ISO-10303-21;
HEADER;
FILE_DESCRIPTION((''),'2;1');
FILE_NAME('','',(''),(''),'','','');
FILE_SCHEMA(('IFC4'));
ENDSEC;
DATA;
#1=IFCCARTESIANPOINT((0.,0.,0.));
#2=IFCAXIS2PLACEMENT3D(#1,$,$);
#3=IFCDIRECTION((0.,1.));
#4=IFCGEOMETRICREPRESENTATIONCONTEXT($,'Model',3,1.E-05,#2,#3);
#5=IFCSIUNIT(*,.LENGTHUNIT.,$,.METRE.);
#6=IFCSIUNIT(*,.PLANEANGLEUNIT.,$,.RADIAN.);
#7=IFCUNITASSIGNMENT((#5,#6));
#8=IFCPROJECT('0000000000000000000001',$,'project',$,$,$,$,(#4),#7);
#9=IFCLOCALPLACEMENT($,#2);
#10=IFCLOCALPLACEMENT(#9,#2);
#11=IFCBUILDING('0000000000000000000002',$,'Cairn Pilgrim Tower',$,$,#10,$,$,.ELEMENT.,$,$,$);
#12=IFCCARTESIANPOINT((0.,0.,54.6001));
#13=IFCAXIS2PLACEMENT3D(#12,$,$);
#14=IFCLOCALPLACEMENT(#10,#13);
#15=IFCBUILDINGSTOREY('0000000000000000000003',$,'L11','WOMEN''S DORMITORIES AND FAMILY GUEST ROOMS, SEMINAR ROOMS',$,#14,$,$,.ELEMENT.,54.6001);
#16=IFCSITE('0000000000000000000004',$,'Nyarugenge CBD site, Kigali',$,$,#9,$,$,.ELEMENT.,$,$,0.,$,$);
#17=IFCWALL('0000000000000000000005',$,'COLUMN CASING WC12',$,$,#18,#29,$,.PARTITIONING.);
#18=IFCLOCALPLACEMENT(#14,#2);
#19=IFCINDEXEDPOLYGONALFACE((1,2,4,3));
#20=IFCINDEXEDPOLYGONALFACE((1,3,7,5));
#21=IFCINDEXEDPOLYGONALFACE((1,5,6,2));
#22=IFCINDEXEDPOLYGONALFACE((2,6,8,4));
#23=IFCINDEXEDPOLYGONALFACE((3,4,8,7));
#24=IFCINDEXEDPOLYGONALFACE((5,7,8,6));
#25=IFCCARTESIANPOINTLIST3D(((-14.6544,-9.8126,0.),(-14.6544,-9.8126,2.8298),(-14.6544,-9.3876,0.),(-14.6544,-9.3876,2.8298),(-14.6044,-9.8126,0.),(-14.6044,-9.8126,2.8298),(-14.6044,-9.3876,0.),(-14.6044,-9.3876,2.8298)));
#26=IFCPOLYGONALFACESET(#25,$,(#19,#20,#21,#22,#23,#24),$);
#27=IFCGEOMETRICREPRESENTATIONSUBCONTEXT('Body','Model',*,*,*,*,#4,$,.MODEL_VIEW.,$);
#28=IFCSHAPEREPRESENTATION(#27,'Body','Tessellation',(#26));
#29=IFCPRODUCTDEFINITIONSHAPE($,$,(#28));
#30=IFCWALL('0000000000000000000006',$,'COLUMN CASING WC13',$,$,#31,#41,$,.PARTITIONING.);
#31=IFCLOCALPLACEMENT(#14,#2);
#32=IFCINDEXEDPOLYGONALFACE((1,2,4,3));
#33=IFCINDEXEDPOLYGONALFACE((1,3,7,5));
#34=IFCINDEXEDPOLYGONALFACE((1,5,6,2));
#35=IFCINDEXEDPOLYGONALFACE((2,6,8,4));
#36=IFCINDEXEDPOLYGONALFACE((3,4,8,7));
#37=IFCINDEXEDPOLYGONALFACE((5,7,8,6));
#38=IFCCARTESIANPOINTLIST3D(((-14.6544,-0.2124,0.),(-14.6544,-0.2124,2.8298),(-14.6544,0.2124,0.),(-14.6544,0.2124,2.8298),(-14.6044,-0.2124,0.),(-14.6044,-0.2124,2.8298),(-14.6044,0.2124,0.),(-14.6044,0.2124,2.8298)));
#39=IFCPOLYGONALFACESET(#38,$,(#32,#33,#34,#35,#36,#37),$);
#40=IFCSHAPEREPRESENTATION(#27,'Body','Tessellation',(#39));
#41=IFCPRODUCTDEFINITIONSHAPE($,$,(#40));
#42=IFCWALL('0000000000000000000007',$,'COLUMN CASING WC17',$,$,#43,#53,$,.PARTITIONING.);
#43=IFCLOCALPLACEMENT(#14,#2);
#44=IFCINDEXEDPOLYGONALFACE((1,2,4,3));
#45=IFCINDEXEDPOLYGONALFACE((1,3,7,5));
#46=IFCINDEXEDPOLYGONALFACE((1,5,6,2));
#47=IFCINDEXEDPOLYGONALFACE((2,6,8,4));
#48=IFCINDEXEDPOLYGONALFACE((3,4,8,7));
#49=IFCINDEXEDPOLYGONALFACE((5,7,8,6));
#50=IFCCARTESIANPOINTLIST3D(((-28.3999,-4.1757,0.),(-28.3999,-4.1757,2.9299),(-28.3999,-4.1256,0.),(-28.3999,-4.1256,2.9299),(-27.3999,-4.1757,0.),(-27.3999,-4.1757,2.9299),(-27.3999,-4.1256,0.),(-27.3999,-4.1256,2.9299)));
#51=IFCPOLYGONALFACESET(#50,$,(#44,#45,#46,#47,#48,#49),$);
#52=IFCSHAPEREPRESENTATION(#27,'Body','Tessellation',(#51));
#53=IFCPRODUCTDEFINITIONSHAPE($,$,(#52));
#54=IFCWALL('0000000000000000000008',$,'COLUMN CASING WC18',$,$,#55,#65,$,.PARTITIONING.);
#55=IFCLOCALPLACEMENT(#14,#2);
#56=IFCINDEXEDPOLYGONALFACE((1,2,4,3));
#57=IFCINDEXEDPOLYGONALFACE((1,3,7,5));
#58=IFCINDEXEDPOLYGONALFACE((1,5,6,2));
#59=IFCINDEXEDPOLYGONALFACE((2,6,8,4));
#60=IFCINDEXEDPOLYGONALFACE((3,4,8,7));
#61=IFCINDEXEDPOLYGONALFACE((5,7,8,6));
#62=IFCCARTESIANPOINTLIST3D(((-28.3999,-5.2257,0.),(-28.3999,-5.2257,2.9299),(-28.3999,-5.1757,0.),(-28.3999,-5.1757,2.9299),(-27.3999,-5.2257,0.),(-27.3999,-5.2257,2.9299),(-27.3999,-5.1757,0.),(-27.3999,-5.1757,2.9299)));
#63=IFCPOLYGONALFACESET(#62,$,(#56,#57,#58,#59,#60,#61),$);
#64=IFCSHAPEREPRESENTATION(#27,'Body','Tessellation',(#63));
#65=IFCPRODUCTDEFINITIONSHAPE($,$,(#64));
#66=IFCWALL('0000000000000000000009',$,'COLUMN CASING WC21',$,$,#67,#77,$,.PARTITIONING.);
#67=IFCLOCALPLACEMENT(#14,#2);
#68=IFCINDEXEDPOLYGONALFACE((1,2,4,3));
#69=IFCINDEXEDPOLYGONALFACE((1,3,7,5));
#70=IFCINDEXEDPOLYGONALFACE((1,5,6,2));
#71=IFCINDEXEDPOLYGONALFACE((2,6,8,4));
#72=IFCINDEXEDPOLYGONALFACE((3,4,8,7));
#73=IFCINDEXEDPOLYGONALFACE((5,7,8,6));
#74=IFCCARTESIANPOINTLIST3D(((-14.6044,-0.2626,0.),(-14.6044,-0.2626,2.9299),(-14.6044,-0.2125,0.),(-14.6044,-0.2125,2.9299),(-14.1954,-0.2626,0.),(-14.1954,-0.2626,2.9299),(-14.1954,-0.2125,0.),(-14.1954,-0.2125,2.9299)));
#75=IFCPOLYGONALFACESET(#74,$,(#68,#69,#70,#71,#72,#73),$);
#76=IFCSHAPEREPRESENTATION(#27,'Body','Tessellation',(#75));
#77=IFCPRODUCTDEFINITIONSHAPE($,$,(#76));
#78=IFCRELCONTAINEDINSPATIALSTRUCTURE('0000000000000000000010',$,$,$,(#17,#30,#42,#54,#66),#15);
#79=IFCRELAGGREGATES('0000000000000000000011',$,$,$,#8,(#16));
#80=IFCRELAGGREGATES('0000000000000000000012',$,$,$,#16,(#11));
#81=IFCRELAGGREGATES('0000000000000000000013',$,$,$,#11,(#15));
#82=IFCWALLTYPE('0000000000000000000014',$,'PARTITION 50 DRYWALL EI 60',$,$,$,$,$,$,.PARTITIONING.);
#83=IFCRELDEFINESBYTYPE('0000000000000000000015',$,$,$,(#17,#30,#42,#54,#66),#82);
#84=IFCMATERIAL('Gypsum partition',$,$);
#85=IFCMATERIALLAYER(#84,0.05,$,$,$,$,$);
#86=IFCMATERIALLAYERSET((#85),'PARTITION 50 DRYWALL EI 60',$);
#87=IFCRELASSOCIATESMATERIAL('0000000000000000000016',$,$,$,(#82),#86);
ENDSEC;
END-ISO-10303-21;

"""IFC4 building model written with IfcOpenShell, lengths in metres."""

from ifc_helpers import new_model, si_unit, direction, frame, frame_2d, origin, place, context, subcontext, project, spatial, rectangle, extrude, material, layer, layer_set, type_object, element, save


model = new_model("IFC4")

# Units and contexts
model_context = context("Model", 3, precision=1e-05, world=origin(), true_north=direction((0.0, 1.0)))
body_context = subcontext(model_context, "Body", "Model", "MODEL_VIEW")
ifc_project = project(units=[si_unit("LENGTHUNIT", "METRE"), si_unit("PLANEANGLEUNIT", "RADIAN")], contexts=[model_context])

# Site, building, storey
site_placement = place(None, origin())
site = spatial("IfcSite", under=ifc_project, at=site_placement, Name="Nyarugenge CBD site, Kigali", CompositionType="ELEMENT", RefElevation=0.0)
building_placement = place(site_placement, origin())
building = spatial("IfcBuilding", under=site, at=building_placement, Name="Cairn Pilgrim Tower", CompositionType="ELEMENT")
storey_placement = place(building_placement, frame((0.0, 0.0, 54.6001)))
storey = spatial("IfcBuildingStorey", under=building, at=storey_placement, Name="L11", Description="WOMEN'S DORMITORIES AND FAMILY GUEST ROOMS, SEMINAR ROOMS", CompositionType="ELEMENT", Elevation=54.6001)

# Shared definitions
ifc_material_1 = material(Name="Gypsum partition")

# Walls
ifc_layer_1 = layer(ifc_material_1, 0.05)
ifc_layer_set_1 = layer_set([ifc_layer_1], Name="PARTITION 50 DRYWALL EI 60")
wall_type_1 = type_object("IfcWallType", Name="PARTITION 50 DRYWALL EI 60", PredefinedType="PARTITIONING", material=ifc_layer_set_1)
wall_1_placement = place(storey_placement, frame((-14.6294, -9.8125, 0.0), z_axis=(0.0, 0.0, 1.0), x_axis=(0.0, 1.0, 0.0)))
element("IfcWall", 1, at=wall_1_placement, inside=storey, type_object=wall_type_1, Name="COLUMN CASING WC12", PredefinedType="PARTITIONING", context=body_context, shape_type="SweptSolid", body=[
    extrude(rectangle(XDim=0.425, YDim=0.05, at=frame_2d((0.2124, 0.0))), origin(), (0.0, 0.0, 1.0), 2.8298),
])
wall_2_placement = place(storey_placement, frame((-14.6294, -0.2124, 0.0), z_axis=(0.0, 0.0, 1.0), x_axis=(0.0, 1.0, 0.0)))
element("IfcWall", 2, at=wall_2_placement, inside=storey, type_object=wall_type_1, Name="COLUMN CASING WC13", PredefinedType="PARTITIONING", context=body_context, shape_type="SweptSolid", body=[
    extrude(rectangle(XDim=0.4248, YDim=0.05, at=frame_2d((0.2124, 0.0))), origin(), (0.0, 0.0, 1.0), 2.8298),
])
for number, where, z_axis, x_axis, name in (
    (3, (-28.3999, -4.1506, 0.0), (0.0, 0.0, 1.0), (1.0, 0.0, 0.0), "COLUMN CASING WC17"),
    (4, (-28.3999, -5.2007, 0.0), (0.0, 0.0, 1.0), (1.0, 0.0, 0.0), "COLUMN CASING WC18"),
):
    element("IfcWall", number, at=place(storey_placement, frame(where, z_axis=z_axis, x_axis=x_axis)), inside=storey, type_object=wall_type_1, Name=name, PredefinedType="PARTITIONING", context=body_context, shape_type="SweptSolid", body=[
        extrude(rectangle(XDim=1.0, YDim=0.05, at=frame_2d((0.5, 0.0))), origin(), (0.0, 0.0, 1.0), 2.9299),
    ])
wall_3_placement = place(storey_placement, frame((-14.6045, -0.2375, 0.0), z_axis=(0.0, 0.0, 1.0), x_axis=(1.0, 0.0, 0.0)))
element("IfcWall", 5, at=wall_3_placement, inside=storey, type_object=wall_type_1, Name="COLUMN CASING WC21", PredefinedType="PARTITIONING", context=body_context, shape_type="SweptSolid", body=[
    extrude(rectangle(XDim=0.4089, YDim=0.05, at=frame_2d((0.2046, 0.0))), origin(), (0.0, 0.0, 1.0), 2.9299),
])

save(model, "model.ifc")
